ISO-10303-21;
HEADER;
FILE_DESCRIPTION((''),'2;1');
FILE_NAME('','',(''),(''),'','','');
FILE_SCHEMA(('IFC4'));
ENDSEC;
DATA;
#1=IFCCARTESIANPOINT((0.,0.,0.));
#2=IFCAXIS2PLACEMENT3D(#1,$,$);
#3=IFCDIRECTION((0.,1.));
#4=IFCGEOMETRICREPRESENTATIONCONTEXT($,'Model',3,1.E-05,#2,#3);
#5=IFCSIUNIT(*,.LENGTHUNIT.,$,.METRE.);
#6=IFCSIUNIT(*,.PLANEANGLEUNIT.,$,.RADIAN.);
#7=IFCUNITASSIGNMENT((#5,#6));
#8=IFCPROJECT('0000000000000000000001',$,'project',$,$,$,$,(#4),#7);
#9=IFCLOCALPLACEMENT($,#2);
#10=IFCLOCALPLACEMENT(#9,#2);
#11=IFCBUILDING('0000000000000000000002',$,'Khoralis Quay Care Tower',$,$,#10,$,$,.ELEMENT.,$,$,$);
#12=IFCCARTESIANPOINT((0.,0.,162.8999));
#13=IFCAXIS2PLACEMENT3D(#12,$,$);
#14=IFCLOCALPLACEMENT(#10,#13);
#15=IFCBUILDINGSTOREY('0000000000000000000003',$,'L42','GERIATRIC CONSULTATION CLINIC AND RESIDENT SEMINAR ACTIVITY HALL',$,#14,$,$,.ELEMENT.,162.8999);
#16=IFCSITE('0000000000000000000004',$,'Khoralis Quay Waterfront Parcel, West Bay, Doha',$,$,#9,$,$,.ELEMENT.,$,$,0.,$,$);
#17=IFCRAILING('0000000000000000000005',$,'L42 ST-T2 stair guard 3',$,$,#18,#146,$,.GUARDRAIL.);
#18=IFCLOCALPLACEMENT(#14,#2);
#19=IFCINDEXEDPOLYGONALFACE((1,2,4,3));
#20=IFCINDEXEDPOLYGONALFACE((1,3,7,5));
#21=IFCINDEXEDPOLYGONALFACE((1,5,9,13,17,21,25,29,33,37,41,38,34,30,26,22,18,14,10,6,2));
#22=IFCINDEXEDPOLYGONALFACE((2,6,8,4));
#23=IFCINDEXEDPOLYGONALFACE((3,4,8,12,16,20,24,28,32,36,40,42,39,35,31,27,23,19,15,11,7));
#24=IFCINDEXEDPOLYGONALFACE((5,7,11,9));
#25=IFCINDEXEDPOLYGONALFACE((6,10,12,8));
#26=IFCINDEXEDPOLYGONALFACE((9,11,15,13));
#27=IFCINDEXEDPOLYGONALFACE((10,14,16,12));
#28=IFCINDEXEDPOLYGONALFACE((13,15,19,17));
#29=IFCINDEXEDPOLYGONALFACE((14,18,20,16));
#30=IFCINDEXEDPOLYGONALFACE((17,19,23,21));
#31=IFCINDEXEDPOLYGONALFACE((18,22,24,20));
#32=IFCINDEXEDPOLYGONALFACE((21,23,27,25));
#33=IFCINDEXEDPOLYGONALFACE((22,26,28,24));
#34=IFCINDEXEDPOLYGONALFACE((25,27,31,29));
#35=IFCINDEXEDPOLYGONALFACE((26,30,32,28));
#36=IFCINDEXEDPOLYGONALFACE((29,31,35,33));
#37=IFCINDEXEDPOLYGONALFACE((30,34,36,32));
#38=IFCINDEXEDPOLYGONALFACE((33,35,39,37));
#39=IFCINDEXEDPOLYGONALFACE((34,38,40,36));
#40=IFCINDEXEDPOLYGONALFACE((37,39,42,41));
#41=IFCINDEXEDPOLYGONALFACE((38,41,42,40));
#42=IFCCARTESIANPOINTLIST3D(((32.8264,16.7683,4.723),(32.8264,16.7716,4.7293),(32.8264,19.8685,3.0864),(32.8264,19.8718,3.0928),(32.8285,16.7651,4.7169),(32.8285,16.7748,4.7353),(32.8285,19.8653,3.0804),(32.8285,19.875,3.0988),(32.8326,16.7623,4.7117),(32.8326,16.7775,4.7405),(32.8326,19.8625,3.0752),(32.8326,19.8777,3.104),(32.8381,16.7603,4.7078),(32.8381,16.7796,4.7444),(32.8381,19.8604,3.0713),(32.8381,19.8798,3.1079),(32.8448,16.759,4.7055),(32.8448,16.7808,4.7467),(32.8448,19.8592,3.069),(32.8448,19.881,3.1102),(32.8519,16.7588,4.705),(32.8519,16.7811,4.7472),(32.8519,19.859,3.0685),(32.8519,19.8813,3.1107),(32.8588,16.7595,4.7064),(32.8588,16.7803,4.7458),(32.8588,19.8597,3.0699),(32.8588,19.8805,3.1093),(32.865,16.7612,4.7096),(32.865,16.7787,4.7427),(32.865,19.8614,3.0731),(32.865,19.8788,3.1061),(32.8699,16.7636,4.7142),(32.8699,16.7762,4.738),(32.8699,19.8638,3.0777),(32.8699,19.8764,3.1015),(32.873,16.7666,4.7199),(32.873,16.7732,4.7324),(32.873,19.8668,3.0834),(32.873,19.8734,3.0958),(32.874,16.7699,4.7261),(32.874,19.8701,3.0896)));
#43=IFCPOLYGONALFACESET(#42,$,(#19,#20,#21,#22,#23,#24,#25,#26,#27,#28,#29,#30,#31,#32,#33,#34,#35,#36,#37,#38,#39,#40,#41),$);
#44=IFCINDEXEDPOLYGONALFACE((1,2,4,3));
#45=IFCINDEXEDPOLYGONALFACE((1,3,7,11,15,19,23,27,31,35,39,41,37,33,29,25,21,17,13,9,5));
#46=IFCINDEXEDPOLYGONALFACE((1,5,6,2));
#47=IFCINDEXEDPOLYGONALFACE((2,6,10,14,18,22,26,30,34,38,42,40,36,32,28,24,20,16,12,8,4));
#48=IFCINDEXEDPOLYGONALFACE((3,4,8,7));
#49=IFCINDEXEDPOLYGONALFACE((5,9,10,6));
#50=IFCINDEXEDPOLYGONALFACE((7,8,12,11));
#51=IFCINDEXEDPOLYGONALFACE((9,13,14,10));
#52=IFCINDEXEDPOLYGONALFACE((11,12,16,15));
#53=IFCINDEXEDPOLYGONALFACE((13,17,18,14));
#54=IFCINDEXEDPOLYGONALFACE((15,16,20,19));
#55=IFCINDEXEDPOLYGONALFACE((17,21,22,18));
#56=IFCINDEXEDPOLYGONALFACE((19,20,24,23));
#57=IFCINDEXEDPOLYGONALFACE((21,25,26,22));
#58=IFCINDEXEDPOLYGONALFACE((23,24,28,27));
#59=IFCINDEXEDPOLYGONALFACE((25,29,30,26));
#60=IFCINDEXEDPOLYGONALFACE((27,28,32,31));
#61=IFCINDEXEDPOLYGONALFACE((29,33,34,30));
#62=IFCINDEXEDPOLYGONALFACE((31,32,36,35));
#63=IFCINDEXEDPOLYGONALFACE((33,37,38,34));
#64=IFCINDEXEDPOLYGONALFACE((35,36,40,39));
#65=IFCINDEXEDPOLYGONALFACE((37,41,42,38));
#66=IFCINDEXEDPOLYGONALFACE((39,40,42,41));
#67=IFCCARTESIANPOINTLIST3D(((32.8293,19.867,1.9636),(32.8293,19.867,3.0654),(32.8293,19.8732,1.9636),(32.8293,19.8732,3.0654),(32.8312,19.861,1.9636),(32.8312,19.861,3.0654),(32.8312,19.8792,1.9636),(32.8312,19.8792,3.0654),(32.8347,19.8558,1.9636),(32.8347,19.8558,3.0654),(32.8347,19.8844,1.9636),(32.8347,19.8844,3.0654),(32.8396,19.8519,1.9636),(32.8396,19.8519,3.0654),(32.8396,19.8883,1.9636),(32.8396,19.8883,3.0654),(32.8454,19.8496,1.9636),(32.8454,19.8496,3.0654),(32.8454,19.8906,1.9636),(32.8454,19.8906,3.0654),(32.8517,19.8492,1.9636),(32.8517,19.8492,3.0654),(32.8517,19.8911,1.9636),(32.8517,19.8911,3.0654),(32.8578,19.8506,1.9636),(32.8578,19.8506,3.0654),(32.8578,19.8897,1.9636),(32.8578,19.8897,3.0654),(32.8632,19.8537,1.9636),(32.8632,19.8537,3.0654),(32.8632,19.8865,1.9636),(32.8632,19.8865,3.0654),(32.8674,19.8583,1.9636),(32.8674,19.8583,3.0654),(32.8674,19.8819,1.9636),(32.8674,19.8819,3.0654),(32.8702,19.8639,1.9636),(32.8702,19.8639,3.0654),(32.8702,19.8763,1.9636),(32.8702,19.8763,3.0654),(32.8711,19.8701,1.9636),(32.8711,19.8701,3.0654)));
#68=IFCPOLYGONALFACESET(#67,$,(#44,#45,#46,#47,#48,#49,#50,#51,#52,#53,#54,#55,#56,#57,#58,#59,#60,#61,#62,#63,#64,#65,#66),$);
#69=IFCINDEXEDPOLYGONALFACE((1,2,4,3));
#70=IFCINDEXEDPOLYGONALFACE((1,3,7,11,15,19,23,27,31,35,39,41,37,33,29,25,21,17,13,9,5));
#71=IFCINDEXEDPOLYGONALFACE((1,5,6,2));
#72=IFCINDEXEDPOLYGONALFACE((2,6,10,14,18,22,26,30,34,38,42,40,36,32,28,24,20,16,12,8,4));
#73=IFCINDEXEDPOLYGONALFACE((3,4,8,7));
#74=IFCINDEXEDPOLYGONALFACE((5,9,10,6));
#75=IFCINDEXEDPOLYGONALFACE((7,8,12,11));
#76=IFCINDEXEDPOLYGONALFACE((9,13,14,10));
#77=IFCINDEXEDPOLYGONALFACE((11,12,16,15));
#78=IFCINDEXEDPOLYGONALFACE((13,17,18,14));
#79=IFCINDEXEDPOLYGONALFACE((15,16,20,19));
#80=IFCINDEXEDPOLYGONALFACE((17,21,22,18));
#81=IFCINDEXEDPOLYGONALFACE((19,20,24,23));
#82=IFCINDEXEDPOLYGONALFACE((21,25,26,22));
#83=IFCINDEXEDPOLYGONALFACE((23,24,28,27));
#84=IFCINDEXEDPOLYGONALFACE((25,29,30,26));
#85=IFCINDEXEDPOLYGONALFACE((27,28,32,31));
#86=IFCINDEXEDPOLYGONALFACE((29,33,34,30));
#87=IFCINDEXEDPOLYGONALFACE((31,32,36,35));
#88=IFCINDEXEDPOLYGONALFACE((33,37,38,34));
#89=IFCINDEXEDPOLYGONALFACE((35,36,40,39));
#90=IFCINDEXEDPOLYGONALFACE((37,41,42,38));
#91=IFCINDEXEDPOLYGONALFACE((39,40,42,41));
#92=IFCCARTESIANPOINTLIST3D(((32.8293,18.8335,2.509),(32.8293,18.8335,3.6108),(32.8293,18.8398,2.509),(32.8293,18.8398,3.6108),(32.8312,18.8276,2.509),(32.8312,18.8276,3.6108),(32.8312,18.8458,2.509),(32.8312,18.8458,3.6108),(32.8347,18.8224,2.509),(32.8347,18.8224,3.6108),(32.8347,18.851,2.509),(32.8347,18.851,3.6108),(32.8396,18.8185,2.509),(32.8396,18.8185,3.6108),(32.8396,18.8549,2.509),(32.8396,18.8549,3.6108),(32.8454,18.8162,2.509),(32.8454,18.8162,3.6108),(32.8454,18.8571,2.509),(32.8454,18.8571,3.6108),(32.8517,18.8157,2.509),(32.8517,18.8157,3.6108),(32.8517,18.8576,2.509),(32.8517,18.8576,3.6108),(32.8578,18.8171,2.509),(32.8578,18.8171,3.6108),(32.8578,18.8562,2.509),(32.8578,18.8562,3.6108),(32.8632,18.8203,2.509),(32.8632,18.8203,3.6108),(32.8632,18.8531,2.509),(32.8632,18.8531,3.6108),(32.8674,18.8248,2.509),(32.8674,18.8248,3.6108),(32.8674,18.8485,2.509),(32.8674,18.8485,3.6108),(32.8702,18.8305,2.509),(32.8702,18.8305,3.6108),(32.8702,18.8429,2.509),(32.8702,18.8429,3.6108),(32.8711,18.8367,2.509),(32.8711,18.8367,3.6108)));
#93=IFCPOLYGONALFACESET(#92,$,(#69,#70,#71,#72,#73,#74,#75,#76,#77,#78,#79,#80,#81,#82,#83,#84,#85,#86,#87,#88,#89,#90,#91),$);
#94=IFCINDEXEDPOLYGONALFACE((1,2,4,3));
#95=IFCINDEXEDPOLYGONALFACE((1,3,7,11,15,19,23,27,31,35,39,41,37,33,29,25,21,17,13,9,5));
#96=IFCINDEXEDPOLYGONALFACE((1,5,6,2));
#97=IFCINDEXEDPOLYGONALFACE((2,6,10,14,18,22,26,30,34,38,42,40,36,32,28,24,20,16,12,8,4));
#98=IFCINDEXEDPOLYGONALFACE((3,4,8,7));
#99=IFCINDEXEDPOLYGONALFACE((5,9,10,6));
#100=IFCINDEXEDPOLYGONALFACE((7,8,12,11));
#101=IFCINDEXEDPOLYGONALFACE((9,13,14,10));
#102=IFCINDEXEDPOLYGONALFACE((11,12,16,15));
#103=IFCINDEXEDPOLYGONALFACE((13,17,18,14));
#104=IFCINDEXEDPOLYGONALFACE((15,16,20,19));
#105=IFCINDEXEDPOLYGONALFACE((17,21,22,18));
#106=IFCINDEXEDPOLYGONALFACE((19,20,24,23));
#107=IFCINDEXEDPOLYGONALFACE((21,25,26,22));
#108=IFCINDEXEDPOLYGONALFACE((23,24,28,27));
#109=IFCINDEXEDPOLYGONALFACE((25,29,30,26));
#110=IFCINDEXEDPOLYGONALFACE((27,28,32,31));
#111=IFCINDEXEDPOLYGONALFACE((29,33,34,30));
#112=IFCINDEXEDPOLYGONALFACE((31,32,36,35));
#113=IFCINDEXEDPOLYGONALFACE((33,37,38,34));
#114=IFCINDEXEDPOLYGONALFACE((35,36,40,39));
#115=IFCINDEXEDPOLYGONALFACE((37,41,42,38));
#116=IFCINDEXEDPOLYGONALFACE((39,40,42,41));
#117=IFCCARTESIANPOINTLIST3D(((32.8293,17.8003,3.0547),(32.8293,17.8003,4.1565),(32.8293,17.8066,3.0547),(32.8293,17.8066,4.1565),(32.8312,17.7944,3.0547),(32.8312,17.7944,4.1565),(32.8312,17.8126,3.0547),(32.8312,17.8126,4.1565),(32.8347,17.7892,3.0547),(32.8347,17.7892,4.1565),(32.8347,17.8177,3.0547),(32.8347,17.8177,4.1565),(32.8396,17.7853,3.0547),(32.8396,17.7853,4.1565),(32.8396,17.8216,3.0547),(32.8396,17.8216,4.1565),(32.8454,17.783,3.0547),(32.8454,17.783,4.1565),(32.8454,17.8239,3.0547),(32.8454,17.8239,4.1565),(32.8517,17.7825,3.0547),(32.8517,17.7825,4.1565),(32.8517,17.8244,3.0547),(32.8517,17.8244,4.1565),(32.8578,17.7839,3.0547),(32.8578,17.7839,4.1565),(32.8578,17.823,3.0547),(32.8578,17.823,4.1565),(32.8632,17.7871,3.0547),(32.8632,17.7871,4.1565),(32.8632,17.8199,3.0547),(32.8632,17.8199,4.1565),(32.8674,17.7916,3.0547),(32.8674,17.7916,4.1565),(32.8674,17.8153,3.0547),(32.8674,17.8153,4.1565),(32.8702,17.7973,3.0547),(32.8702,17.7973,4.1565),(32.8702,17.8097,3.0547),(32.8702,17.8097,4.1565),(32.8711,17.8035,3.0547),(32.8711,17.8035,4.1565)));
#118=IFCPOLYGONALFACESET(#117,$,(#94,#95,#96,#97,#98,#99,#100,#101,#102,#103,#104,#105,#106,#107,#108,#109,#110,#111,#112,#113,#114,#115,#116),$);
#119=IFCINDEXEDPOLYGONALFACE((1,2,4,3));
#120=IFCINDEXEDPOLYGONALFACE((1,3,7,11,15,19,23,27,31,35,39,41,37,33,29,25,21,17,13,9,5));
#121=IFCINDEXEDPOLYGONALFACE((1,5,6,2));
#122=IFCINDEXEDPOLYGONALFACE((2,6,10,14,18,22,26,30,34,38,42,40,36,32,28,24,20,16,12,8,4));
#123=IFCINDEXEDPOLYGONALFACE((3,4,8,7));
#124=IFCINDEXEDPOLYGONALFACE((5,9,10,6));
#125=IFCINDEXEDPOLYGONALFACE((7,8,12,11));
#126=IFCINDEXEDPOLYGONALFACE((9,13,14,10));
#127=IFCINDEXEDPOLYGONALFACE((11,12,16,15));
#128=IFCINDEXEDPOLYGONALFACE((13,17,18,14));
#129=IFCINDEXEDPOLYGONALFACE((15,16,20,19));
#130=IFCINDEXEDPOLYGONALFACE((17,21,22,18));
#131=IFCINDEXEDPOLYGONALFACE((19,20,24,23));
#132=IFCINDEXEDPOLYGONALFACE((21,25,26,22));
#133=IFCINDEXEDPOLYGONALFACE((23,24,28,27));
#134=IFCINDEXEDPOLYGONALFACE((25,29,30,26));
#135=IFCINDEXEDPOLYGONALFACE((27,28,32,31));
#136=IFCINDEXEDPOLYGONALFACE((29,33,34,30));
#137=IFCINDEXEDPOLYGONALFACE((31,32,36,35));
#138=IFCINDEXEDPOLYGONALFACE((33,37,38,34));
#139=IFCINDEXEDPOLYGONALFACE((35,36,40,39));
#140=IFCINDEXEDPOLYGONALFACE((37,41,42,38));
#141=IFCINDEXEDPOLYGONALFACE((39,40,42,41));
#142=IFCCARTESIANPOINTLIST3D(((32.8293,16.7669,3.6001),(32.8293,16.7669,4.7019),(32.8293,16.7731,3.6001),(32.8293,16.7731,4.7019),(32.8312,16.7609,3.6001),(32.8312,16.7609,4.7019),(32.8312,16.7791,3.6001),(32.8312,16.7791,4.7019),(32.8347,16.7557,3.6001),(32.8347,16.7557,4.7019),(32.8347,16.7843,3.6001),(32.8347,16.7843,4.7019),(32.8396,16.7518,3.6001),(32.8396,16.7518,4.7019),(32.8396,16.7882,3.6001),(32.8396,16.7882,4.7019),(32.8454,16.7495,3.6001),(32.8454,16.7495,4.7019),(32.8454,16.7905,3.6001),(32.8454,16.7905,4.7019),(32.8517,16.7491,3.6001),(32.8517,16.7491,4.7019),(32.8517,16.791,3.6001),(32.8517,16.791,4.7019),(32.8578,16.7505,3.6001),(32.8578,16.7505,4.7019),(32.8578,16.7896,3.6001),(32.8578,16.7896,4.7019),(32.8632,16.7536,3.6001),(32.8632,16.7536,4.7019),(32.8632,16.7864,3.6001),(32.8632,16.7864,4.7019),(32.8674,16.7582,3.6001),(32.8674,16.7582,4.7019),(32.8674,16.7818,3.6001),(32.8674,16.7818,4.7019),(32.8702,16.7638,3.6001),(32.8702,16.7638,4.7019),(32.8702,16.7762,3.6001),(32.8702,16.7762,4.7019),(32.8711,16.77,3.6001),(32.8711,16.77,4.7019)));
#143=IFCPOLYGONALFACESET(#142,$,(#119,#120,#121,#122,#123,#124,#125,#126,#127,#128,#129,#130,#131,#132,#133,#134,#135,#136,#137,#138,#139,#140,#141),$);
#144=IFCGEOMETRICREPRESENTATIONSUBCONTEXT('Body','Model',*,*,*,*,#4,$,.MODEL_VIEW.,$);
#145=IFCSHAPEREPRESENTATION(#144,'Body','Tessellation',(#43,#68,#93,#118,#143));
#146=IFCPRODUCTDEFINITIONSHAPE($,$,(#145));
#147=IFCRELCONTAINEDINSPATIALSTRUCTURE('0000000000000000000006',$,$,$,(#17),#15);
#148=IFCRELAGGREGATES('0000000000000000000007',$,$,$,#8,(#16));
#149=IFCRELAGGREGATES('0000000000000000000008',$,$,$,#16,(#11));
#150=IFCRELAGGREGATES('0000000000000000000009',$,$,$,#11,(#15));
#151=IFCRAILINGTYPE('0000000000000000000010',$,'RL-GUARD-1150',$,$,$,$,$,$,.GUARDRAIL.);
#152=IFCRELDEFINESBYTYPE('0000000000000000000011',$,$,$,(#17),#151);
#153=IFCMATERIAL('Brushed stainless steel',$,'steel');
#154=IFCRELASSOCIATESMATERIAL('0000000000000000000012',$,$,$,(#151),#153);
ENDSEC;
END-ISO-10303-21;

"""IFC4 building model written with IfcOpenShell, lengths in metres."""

from ifc_helpers import new_model, si_unit, direction, frame, origin, origin_2d, place, context, subcontext, project, spatial, circle, extrude, material, type_object, element, save


model = new_model("IFC4")

# Units and contexts
model_context = context("Model", 3, precision=1e-05, world=origin(), true_north=direction((0.0, 1.0)))
body_context = subcontext(model_context, "Body", "Model", "MODEL_VIEW")
ifc_project = project(units=[si_unit("LENGTHUNIT", "METRE"), si_unit("PLANEANGLEUNIT", "RADIAN")], contexts=[model_context])

# Site, building, storey
site_placement = place(None, origin())
site = spatial("IfcSite", under=ifc_project, at=site_placement, Name="Khoralis Quay Waterfront Parcel, West Bay, Doha", CompositionType="ELEMENT", RefElevation=0.0)
building_placement = place(site_placement, origin())
building = spatial("IfcBuilding", under=site, at=building_placement, Name="Khoralis Quay Care Tower", CompositionType="ELEMENT")
storey_placement = place(building_placement, frame((0.0, 0.0, 162.8999)))
storey = spatial("IfcBuildingStorey", under=building, at=storey_placement, Name="L42", Description="GERIATRIC CONSULTATION CLINIC AND RESIDENT SEMINAR ACTIVITY HALL", CompositionType="ELEMENT", Elevation=162.8999)

# Railing
ifc_material_1 = material(Name="Brushed stainless steel", Category="steel")
railing_type = type_object("IfcRailingType", Name="RL-GUARD-1150", PredefinedType="GUARDRAIL", material=ifc_material_1)
railing_1_placement = place(storey_placement, frame((32.8501, 19.8701, 1.9636)))
element("IfcRailing", 1, at=railing_1_placement, inside=storey, type_object=railing_type, Name="L42 ST-T2 stair guard 3", PredefinedType="GUARDRAIL", context=body_context, shape_type="SweptSolid", body=[
    extrude(circle(Radius=0.0239, at=origin_2d()), frame((0.0, 0.0, 1.126), z_axis=(0.0, -0.884348, 0.466828), x_axis=(1.0, 0.0, 0.0)), (0.0, 0.0, 1.0), 3.5056),
    extrude(circle(Radius=0.021, at=origin_2d()), origin(), (0.0, 0.0, 1.0), 1.1018),
    extrude(circle(Radius=0.021, at=origin_2d()), frame((0.0, -1.0334, 0.5454)), (0.0, 0.0, 1.0), 1.1018),
    extrude(circle(Radius=0.021, at=origin_2d()), frame((0.0, -2.0667, 1.0911)), (0.0, 0.0, 1.0), 1.1018),
    extrude(circle(Radius=0.021, at=origin_2d()), frame((0.0, -3.1001, 1.6365)), (0.0, 0.0, 1.0), 1.1018),
])

save(model, "model.ifc")
